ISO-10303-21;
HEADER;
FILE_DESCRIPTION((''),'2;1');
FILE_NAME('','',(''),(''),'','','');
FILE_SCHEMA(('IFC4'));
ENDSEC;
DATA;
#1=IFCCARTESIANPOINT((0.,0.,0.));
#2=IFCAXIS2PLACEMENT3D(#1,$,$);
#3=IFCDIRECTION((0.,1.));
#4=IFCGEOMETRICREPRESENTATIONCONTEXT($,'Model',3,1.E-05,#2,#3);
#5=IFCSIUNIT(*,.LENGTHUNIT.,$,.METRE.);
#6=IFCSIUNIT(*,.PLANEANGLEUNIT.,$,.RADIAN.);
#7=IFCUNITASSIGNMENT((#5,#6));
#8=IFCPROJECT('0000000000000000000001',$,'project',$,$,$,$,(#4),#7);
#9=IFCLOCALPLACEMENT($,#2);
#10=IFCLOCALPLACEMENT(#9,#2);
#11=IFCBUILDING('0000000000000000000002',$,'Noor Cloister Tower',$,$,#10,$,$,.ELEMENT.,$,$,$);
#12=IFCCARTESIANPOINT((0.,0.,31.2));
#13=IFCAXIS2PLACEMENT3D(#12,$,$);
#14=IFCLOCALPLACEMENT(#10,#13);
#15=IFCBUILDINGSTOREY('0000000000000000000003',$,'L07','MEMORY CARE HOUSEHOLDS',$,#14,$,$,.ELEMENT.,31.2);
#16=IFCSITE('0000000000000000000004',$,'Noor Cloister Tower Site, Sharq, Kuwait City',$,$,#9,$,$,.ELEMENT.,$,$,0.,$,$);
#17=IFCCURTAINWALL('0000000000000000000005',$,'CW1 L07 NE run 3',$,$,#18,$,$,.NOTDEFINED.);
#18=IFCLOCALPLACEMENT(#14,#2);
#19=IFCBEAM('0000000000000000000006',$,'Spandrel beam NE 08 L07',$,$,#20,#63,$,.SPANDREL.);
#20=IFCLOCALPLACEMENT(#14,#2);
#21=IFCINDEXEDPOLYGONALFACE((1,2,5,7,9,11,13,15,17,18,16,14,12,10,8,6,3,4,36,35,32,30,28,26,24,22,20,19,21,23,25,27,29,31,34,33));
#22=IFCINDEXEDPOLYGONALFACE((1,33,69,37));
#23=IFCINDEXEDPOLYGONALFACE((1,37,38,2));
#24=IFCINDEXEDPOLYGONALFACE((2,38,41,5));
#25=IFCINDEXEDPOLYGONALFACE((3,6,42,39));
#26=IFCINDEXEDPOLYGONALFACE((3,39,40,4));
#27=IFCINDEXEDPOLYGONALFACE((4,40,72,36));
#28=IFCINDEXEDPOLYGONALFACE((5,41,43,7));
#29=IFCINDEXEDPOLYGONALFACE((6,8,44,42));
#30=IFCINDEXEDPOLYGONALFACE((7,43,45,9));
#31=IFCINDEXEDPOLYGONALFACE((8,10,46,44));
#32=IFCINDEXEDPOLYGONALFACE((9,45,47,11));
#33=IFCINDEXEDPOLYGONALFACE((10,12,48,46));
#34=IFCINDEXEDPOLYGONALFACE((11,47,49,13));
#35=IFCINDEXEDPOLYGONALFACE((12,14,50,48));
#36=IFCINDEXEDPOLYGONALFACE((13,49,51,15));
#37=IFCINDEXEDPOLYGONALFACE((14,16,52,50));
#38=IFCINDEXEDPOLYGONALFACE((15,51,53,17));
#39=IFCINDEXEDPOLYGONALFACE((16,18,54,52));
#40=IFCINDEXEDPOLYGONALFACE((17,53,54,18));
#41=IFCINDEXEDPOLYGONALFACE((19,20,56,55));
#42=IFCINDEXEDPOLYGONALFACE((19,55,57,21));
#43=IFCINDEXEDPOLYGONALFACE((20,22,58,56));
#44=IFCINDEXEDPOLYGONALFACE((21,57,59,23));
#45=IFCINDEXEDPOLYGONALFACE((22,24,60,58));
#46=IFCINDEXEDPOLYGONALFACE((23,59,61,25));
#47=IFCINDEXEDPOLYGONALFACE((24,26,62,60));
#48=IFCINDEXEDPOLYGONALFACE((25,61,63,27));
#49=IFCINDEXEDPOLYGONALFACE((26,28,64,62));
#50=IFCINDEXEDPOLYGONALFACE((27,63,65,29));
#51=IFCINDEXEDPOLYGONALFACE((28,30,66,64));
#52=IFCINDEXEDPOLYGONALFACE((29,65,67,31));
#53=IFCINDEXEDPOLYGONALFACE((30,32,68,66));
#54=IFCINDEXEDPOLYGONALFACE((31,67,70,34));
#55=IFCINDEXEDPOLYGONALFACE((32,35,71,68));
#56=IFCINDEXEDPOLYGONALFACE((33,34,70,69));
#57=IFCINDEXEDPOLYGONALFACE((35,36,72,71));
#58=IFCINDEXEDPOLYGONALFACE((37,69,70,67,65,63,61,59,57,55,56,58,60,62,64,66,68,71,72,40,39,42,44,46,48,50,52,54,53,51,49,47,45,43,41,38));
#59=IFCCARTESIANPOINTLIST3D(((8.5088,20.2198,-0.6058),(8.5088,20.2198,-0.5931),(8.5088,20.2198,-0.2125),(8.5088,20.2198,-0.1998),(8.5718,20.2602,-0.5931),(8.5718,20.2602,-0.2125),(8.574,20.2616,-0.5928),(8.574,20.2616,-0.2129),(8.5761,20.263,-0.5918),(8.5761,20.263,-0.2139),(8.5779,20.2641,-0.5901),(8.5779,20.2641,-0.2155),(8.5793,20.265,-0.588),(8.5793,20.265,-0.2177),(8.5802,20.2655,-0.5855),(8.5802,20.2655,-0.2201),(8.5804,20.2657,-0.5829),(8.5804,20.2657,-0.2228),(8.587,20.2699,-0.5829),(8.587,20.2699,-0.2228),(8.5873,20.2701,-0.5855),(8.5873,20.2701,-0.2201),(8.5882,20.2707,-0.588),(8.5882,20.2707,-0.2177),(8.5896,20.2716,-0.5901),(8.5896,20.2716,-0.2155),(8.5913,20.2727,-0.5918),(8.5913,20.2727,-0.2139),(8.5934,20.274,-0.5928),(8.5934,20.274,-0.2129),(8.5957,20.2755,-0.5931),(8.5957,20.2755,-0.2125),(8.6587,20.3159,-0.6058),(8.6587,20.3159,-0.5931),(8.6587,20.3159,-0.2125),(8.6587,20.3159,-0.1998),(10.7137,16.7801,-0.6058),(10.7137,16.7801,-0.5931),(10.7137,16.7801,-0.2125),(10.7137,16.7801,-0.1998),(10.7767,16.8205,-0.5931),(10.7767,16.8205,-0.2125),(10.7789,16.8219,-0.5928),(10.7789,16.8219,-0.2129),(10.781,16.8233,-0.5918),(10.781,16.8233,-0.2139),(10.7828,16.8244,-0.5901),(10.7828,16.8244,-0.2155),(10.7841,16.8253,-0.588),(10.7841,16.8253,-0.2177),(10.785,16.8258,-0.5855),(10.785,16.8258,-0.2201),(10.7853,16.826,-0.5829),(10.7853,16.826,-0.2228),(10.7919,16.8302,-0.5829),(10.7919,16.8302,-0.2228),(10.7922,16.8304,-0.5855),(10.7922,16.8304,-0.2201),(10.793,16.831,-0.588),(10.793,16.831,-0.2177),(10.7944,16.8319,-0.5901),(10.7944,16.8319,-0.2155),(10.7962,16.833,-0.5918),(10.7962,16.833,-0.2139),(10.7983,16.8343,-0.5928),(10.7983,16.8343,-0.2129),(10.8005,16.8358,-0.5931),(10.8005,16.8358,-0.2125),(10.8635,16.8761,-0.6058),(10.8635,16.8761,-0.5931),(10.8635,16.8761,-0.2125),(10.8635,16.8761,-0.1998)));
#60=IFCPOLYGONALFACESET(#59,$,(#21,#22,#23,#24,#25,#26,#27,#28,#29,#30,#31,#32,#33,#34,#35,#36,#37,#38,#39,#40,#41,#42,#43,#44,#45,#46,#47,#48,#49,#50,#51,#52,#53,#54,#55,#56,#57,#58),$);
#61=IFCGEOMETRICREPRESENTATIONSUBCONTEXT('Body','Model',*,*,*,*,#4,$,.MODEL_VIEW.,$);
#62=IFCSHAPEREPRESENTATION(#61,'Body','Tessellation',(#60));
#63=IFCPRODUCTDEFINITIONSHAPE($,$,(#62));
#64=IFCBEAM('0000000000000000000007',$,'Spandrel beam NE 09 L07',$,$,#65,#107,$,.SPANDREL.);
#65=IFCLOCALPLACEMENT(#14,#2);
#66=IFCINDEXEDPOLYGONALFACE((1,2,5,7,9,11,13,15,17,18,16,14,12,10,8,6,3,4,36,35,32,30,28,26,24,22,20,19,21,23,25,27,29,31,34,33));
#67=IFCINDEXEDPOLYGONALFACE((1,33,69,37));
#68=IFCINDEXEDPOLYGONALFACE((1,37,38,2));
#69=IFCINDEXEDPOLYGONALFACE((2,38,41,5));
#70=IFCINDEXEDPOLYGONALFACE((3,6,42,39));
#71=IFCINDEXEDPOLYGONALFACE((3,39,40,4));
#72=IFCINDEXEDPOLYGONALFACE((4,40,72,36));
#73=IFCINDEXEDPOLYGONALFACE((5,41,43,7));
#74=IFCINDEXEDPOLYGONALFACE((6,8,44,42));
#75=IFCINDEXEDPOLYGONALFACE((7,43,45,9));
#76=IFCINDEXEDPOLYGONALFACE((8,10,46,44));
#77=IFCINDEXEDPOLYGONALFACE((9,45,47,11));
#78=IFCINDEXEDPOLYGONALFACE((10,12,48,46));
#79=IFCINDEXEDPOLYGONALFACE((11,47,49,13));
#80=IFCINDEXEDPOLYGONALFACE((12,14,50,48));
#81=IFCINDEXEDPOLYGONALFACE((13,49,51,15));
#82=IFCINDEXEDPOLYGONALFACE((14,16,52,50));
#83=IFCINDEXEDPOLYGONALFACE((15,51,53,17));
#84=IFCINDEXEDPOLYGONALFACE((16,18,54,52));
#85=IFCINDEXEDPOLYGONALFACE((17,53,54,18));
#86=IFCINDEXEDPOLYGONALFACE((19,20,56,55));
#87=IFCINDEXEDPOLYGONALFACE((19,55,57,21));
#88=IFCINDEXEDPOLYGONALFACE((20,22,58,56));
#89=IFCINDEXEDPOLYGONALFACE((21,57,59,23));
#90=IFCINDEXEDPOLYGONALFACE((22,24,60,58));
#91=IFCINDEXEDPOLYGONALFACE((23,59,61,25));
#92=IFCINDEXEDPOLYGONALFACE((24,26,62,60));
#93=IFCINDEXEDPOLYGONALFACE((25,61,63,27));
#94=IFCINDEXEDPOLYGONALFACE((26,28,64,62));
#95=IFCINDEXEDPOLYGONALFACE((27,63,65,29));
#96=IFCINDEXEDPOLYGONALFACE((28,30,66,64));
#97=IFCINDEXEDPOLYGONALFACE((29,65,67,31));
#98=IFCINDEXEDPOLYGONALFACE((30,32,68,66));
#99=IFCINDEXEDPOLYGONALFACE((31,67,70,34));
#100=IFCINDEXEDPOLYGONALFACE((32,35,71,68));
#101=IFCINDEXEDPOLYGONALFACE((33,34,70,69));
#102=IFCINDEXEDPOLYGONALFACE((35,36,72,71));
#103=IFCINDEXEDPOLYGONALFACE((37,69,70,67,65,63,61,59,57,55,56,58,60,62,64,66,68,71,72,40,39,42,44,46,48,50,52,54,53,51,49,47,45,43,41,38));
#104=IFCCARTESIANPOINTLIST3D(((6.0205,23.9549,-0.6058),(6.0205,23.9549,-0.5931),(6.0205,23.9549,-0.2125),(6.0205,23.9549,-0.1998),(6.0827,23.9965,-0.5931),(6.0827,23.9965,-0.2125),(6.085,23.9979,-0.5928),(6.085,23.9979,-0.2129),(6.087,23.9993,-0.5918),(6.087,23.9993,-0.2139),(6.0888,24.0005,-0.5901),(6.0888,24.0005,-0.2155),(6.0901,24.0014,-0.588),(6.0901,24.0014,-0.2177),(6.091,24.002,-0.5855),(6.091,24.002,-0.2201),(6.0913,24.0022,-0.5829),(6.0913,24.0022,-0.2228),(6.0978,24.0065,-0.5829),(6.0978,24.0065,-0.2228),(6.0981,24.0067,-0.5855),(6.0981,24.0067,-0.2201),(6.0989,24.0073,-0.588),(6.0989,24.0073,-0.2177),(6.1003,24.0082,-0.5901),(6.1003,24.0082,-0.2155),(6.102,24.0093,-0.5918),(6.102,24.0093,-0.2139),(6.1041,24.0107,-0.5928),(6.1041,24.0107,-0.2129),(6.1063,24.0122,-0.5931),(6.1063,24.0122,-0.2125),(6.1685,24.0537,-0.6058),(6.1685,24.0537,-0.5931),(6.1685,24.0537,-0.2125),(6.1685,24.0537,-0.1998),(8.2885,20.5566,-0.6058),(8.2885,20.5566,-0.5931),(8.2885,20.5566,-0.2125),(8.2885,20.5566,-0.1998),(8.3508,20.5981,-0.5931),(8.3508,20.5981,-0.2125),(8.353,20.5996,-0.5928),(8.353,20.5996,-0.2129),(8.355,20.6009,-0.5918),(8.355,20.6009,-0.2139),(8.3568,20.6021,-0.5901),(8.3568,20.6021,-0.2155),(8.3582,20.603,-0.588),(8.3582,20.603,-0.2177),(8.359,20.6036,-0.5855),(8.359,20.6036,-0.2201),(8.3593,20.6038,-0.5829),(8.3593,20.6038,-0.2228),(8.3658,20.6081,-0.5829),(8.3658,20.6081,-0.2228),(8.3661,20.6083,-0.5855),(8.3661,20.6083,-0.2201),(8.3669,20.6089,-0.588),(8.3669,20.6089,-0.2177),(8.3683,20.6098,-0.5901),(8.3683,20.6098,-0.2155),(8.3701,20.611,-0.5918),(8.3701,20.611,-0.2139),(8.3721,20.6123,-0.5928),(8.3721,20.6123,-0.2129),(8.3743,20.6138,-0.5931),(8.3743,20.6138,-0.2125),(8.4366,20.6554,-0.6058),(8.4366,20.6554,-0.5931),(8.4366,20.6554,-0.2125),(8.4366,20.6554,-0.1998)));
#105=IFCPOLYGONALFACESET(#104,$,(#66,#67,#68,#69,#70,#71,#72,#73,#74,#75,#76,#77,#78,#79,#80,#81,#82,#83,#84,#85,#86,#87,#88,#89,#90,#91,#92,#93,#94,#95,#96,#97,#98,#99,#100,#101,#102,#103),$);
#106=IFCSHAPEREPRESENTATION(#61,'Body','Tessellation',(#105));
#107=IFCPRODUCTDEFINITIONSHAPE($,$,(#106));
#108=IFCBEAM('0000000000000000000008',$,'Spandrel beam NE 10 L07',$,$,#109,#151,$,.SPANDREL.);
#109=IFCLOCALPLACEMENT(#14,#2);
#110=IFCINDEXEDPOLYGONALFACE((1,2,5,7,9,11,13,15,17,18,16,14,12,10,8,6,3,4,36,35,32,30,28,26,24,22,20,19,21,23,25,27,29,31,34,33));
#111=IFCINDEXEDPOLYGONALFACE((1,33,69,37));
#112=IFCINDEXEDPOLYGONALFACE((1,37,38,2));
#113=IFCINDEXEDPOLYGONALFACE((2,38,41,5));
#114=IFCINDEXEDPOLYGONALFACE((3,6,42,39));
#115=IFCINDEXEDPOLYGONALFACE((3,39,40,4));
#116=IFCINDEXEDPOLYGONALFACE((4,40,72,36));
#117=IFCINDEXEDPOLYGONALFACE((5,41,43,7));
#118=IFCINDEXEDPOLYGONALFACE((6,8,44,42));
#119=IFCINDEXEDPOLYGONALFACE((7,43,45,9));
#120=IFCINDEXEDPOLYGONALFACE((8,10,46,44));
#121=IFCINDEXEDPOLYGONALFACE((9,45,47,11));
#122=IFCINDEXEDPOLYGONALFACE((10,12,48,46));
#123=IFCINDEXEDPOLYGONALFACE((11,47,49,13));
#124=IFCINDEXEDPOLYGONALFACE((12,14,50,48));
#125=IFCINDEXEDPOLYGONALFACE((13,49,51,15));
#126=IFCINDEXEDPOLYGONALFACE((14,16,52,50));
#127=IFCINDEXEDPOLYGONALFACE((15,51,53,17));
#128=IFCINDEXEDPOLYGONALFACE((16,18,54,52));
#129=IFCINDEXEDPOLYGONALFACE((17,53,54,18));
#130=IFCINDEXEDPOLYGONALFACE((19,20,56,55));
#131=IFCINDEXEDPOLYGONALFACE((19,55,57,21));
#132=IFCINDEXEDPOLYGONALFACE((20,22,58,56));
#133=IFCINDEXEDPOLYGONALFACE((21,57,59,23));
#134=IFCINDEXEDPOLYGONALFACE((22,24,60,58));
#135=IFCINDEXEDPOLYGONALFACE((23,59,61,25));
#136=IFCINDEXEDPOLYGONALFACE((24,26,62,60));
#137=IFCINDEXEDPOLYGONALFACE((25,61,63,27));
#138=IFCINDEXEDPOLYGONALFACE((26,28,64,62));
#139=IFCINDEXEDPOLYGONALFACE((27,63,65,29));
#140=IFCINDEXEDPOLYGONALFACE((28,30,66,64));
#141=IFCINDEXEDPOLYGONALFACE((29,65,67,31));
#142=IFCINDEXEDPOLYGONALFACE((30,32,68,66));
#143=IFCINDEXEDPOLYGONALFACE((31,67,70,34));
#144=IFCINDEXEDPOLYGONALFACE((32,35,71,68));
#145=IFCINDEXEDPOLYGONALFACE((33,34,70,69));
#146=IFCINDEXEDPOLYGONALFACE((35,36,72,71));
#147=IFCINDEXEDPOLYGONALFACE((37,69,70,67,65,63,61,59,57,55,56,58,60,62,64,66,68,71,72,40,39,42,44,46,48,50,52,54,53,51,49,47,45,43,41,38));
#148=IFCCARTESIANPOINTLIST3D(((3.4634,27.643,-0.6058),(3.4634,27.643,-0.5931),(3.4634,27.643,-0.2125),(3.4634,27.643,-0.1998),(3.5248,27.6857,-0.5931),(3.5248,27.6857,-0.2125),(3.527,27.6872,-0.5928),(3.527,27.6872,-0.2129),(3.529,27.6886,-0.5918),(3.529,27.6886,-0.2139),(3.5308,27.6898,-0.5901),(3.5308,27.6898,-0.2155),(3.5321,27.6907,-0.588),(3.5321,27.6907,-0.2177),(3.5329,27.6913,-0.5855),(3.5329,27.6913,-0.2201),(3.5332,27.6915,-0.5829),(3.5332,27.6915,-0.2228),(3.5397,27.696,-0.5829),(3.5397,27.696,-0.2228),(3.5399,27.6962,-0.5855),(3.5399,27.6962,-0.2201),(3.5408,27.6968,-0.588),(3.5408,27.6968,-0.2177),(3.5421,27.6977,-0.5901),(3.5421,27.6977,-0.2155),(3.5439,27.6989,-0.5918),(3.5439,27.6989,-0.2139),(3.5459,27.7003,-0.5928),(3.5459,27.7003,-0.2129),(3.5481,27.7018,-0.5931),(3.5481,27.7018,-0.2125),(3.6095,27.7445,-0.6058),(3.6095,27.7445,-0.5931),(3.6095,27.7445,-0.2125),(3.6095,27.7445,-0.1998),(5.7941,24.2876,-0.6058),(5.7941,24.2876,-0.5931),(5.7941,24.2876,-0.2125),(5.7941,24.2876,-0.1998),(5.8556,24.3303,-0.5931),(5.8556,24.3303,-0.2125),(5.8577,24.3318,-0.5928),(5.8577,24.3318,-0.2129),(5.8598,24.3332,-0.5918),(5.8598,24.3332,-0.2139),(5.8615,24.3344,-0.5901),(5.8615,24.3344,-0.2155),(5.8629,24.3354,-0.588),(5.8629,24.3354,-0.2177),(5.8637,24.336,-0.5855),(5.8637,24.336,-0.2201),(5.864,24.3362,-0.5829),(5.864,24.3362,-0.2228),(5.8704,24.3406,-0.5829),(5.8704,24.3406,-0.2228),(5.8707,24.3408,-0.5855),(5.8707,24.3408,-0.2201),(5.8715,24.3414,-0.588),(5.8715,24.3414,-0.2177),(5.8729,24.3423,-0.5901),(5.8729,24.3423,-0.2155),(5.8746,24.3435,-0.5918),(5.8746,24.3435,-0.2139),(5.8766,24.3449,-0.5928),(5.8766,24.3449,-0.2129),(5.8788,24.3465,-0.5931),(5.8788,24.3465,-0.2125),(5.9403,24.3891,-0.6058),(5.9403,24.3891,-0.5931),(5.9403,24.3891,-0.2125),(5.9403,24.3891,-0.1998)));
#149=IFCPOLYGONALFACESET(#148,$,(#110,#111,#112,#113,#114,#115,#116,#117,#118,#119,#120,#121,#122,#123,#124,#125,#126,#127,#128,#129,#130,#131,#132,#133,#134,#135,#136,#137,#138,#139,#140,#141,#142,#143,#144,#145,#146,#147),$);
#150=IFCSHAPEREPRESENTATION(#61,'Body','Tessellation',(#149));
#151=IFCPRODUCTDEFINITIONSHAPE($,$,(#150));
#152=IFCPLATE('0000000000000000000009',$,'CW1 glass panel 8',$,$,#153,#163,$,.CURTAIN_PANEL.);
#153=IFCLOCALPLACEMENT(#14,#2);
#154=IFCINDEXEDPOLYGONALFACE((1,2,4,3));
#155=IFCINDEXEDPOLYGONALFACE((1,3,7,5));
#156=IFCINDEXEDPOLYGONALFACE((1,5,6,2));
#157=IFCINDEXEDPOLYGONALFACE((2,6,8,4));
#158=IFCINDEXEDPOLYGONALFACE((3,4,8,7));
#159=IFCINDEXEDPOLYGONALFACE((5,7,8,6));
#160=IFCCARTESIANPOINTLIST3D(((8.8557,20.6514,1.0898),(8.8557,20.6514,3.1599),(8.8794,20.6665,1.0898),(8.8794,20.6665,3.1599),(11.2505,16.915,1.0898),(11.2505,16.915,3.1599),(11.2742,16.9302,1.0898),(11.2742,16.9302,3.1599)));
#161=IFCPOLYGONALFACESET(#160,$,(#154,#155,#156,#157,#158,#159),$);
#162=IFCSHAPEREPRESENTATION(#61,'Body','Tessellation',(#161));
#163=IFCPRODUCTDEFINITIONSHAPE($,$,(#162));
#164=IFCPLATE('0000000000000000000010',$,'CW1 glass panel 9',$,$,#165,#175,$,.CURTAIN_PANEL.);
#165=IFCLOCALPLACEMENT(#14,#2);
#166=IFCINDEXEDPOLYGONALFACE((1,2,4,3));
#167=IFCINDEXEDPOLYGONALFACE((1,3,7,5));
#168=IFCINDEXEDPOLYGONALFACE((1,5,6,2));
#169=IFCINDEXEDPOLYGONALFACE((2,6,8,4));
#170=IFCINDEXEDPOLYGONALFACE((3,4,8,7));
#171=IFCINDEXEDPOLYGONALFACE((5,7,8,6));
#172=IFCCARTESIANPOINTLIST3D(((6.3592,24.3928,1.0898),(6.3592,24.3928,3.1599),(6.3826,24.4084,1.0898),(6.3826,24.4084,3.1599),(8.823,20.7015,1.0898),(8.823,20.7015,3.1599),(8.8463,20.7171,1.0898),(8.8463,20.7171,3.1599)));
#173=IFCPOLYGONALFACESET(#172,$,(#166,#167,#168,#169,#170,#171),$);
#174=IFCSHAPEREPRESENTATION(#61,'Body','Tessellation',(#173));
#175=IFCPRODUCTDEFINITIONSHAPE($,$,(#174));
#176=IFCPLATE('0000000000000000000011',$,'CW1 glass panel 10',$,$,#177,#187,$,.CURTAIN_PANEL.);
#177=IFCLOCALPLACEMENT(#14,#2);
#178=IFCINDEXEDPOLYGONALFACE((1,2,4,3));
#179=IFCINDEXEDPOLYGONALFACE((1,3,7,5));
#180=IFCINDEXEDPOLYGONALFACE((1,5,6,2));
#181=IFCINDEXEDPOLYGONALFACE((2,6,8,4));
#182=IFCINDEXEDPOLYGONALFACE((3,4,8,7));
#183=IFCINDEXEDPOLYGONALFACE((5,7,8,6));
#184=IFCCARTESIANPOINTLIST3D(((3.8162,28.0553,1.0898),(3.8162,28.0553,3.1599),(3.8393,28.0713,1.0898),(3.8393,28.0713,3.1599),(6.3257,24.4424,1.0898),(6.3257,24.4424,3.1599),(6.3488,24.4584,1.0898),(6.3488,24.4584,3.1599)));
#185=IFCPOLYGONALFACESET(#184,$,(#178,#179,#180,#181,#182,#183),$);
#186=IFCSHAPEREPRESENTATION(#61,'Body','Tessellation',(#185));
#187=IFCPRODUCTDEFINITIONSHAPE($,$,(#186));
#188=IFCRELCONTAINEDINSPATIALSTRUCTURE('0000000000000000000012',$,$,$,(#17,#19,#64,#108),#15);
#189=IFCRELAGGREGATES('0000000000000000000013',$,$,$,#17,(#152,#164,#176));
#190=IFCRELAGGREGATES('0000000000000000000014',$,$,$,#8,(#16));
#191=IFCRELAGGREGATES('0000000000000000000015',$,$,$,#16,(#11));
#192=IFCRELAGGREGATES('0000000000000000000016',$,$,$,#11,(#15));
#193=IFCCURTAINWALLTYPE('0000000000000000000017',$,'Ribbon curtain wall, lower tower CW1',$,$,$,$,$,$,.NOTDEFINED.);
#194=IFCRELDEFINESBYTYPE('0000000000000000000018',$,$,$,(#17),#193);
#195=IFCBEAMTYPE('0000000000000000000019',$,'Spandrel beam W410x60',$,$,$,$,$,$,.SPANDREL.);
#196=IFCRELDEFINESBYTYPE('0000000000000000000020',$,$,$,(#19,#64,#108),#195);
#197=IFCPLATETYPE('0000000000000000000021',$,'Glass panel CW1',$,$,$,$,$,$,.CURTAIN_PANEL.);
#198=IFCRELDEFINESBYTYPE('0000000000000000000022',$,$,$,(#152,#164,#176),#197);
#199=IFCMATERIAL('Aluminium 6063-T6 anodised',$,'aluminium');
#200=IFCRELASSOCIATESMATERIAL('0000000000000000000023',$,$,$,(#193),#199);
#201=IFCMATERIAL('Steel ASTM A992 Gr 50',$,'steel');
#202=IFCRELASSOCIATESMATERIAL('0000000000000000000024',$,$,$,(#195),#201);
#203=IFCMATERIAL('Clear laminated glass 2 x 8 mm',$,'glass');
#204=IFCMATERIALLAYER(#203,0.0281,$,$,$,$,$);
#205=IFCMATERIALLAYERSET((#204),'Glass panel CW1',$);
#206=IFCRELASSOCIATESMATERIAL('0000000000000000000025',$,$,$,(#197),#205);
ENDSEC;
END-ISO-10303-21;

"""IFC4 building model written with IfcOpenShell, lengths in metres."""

from ifc_helpers import new_model, si_unit, direction, frame, origin, origin_2d, place, context, subcontext, project, spatial, rectangle, i_section, extrude, material, layer, layer_set, material_profile, profile_set, type_object, element, aggregate, save


model = new_model("IFC4")

# Units and contexts
model_context = context("Model", 3, precision=1e-05, world=origin(), true_north=direction((0.0, 1.0)))
body_context = subcontext(model_context, "Body", "Model", "MODEL_VIEW")
ifc_project = project(units=[si_unit("LENGTHUNIT", "METRE"), si_unit("PLANEANGLEUNIT", "RADIAN")], contexts=[model_context])

# Site, building, storey
site_placement = place(None, origin())
site = spatial("IfcSite", under=ifc_project, at=site_placement, Name="Noor Cloister Tower Site, Sharq, Kuwait City", CompositionType="ELEMENT", RefElevation=0.0)
building_placement = place(site_placement, origin())
building = spatial("IfcBuilding", under=site, at=building_placement, Name="Noor Cloister Tower", CompositionType="ELEMENT")
storey_placement = place(building_placement, frame((0.0, 0.0, 31.2)))
storey = spatial("IfcBuildingStorey", under=building, at=storey_placement, Name="L07", Description="MEMORY CARE HOUSEHOLDS", CompositionType="ELEMENT", Elevation=31.2)

# Curtain wall
ifc_material_1 = material(Name="Aluminium 6063-T6 anodised", Category="aluminium")
curtain_wall_type = type_object("IfcCurtainWallType", Name="Ribbon curtain wall, lower tower CW1", PredefinedType="NOTDEFINED", material=ifc_material_1)
curtain_wall_placement = place(storey_placement, origin())
curtain_wall = element("IfcCurtainWall", 1, at=curtain_wall_placement, inside=storey, type_object=curtain_wall_type, Name="CW1 L07 NE run 3", PredefinedType="NOTDEFINED")

# Beams
ifc_material_2 = material(Name="Steel ASTM A992 Gr 50", Category="steel")
ifc_material_profile_1 = material_profile(ifc_material_2, i_section(OverallWidth=0.178, OverallDepth=0.406, WebThickness=0.0078, FlangeThickness=0.0127, FilletRadius=0.0103, at=origin_2d()), Name="W410x60")
ifc_profile_set_1 = profile_set([ifc_material_profile_1], Name="Steel ASTM A992 Gr 50")
beam_type_1 = type_object("IfcBeamType", Name="Spandrel beam W410x60", PredefinedType="SPANDREL", material=ifc_profile_set_1)
for number, where, z_axis, x_axis, name in (
    (2, (10.7886, 16.8281, -0.4028), (-0.539649, 0.84189, 0.0), (-0.84189, -0.539649, 0.0), "Spandrel beam NE 08 L07"),
    (3, (8.3625, 20.606, -0.4028), (-0.555114, 0.831774, 0.0), (-0.831774, -0.555114, 0.0), "Spandrel beam NE 09 L07"),
):
    element("IfcBeam", number, at=place(storey_placement, frame(where, z_axis=z_axis, x_axis=x_axis)), inside=storey, type_object=beam_type_1, Name=name, PredefinedType="SPANDREL", context=body_context, shape_type="SweptSolid", body=[
        extrude(i_section(OverallWidth=0.178, OverallDepth=0.406, WebThickness=0.0078, FlangeThickness=0.0127, FilletRadius=0.0103, at=origin_2d()), origin(), (0.0, 0.0, 1.0), 4.0857),
    ])
beam_1_placement = place(storey_placement, frame((5.8672, 24.3384, -0.4028), z_axis=(-0.570499, 0.821298, 0.0), x_axis=(-0.821298, -0.570499, 0.0)))
element("IfcBeam", 4, at=beam_1_placement, inside=storey, type_object=beam_type_1, Name="Spandrel beam NE 10 L07", PredefinedType="SPANDREL", context=body_context, shape_type="SweptSolid", body=[
    extrude(i_section(OverallWidth=0.178, OverallDepth=0.406, WebThickness=0.0078, FlangeThickness=0.0127, FilletRadius=0.0103, at=origin_2d()), origin(), (0.0, 0.0, 1.0), 4.0854),
])

# Plates
ifc_material_3 = material(Name="Clear laminated glass 2 x 8 mm", Category="glass")
ifc_layer = layer(ifc_material_3, 0.0281)
ifc_layer_set = layer_set([ifc_layer], Name="Glass panel CW1")
plate_type = type_object("IfcPlateType", Name="Glass panel CW1", PredefinedType="CURTAIN_PANEL", material=ifc_layer_set)
plate_1_placement = place(storey_placement, frame((10.0649, 18.7908, 1.0898), z_axis=(0.0, 0.0, 1.0), x_axis=(-0.539618, 0.84191, 0.0)))
plate_1 = element("IfcPlate", 5, at=plate_1_placement, type_object=plate_type, Name="CW1 glass panel 8", PredefinedType="CURTAIN_PANEL", context=body_context, shape_type="SweptSolid", body=[
    extrude(rectangle(XDim=4.438, YDim=0.0281, at=origin_2d()), origin(), (0.0, 0.0, 1.0), 2.0701),
])
plate_2_placement = place(storey_placement, frame((7.6028, 22.5549, 1.0898), z_axis=(0.0, 0.0, 1.0), x_axis=(-0.555145, 0.831754, 0.0)))
plate_2 = element("IfcPlate", 6, at=plate_2_placement, type_object=plate_type, Name="CW1 glass panel 9", PredefinedType="CURTAIN_PANEL", context=body_context, shape_type="SweptSolid", body=[
    extrude(rectangle(XDim=4.438, YDim=0.0281, at=origin_2d()), origin(), (0.0, 0.0, 1.0), 2.0701),
])
plate_3_placement = place(storey_placement, frame((5.0825, 26.2568, 1.0898), z_axis=(0.0, 0.0, 1.0), x_axis=(-0.570481, 0.821311, 0.0)))
plate_3 = element("IfcPlate", 7, at=plate_3_placement, type_object=plate_type, Name="CW1 glass panel 10", PredefinedType="CURTAIN_PANEL", context=body_context, shape_type="SweptSolid", body=[
    extrude(rectangle(XDim=4.3989, YDim=0.0281, at=origin_2d()), origin(), (0.0, 0.0, 1.0), 2.0701),
])
aggregate(curtain_wall, [plate_1, plate_2, plate_3])

save(model, "model.ifc")
